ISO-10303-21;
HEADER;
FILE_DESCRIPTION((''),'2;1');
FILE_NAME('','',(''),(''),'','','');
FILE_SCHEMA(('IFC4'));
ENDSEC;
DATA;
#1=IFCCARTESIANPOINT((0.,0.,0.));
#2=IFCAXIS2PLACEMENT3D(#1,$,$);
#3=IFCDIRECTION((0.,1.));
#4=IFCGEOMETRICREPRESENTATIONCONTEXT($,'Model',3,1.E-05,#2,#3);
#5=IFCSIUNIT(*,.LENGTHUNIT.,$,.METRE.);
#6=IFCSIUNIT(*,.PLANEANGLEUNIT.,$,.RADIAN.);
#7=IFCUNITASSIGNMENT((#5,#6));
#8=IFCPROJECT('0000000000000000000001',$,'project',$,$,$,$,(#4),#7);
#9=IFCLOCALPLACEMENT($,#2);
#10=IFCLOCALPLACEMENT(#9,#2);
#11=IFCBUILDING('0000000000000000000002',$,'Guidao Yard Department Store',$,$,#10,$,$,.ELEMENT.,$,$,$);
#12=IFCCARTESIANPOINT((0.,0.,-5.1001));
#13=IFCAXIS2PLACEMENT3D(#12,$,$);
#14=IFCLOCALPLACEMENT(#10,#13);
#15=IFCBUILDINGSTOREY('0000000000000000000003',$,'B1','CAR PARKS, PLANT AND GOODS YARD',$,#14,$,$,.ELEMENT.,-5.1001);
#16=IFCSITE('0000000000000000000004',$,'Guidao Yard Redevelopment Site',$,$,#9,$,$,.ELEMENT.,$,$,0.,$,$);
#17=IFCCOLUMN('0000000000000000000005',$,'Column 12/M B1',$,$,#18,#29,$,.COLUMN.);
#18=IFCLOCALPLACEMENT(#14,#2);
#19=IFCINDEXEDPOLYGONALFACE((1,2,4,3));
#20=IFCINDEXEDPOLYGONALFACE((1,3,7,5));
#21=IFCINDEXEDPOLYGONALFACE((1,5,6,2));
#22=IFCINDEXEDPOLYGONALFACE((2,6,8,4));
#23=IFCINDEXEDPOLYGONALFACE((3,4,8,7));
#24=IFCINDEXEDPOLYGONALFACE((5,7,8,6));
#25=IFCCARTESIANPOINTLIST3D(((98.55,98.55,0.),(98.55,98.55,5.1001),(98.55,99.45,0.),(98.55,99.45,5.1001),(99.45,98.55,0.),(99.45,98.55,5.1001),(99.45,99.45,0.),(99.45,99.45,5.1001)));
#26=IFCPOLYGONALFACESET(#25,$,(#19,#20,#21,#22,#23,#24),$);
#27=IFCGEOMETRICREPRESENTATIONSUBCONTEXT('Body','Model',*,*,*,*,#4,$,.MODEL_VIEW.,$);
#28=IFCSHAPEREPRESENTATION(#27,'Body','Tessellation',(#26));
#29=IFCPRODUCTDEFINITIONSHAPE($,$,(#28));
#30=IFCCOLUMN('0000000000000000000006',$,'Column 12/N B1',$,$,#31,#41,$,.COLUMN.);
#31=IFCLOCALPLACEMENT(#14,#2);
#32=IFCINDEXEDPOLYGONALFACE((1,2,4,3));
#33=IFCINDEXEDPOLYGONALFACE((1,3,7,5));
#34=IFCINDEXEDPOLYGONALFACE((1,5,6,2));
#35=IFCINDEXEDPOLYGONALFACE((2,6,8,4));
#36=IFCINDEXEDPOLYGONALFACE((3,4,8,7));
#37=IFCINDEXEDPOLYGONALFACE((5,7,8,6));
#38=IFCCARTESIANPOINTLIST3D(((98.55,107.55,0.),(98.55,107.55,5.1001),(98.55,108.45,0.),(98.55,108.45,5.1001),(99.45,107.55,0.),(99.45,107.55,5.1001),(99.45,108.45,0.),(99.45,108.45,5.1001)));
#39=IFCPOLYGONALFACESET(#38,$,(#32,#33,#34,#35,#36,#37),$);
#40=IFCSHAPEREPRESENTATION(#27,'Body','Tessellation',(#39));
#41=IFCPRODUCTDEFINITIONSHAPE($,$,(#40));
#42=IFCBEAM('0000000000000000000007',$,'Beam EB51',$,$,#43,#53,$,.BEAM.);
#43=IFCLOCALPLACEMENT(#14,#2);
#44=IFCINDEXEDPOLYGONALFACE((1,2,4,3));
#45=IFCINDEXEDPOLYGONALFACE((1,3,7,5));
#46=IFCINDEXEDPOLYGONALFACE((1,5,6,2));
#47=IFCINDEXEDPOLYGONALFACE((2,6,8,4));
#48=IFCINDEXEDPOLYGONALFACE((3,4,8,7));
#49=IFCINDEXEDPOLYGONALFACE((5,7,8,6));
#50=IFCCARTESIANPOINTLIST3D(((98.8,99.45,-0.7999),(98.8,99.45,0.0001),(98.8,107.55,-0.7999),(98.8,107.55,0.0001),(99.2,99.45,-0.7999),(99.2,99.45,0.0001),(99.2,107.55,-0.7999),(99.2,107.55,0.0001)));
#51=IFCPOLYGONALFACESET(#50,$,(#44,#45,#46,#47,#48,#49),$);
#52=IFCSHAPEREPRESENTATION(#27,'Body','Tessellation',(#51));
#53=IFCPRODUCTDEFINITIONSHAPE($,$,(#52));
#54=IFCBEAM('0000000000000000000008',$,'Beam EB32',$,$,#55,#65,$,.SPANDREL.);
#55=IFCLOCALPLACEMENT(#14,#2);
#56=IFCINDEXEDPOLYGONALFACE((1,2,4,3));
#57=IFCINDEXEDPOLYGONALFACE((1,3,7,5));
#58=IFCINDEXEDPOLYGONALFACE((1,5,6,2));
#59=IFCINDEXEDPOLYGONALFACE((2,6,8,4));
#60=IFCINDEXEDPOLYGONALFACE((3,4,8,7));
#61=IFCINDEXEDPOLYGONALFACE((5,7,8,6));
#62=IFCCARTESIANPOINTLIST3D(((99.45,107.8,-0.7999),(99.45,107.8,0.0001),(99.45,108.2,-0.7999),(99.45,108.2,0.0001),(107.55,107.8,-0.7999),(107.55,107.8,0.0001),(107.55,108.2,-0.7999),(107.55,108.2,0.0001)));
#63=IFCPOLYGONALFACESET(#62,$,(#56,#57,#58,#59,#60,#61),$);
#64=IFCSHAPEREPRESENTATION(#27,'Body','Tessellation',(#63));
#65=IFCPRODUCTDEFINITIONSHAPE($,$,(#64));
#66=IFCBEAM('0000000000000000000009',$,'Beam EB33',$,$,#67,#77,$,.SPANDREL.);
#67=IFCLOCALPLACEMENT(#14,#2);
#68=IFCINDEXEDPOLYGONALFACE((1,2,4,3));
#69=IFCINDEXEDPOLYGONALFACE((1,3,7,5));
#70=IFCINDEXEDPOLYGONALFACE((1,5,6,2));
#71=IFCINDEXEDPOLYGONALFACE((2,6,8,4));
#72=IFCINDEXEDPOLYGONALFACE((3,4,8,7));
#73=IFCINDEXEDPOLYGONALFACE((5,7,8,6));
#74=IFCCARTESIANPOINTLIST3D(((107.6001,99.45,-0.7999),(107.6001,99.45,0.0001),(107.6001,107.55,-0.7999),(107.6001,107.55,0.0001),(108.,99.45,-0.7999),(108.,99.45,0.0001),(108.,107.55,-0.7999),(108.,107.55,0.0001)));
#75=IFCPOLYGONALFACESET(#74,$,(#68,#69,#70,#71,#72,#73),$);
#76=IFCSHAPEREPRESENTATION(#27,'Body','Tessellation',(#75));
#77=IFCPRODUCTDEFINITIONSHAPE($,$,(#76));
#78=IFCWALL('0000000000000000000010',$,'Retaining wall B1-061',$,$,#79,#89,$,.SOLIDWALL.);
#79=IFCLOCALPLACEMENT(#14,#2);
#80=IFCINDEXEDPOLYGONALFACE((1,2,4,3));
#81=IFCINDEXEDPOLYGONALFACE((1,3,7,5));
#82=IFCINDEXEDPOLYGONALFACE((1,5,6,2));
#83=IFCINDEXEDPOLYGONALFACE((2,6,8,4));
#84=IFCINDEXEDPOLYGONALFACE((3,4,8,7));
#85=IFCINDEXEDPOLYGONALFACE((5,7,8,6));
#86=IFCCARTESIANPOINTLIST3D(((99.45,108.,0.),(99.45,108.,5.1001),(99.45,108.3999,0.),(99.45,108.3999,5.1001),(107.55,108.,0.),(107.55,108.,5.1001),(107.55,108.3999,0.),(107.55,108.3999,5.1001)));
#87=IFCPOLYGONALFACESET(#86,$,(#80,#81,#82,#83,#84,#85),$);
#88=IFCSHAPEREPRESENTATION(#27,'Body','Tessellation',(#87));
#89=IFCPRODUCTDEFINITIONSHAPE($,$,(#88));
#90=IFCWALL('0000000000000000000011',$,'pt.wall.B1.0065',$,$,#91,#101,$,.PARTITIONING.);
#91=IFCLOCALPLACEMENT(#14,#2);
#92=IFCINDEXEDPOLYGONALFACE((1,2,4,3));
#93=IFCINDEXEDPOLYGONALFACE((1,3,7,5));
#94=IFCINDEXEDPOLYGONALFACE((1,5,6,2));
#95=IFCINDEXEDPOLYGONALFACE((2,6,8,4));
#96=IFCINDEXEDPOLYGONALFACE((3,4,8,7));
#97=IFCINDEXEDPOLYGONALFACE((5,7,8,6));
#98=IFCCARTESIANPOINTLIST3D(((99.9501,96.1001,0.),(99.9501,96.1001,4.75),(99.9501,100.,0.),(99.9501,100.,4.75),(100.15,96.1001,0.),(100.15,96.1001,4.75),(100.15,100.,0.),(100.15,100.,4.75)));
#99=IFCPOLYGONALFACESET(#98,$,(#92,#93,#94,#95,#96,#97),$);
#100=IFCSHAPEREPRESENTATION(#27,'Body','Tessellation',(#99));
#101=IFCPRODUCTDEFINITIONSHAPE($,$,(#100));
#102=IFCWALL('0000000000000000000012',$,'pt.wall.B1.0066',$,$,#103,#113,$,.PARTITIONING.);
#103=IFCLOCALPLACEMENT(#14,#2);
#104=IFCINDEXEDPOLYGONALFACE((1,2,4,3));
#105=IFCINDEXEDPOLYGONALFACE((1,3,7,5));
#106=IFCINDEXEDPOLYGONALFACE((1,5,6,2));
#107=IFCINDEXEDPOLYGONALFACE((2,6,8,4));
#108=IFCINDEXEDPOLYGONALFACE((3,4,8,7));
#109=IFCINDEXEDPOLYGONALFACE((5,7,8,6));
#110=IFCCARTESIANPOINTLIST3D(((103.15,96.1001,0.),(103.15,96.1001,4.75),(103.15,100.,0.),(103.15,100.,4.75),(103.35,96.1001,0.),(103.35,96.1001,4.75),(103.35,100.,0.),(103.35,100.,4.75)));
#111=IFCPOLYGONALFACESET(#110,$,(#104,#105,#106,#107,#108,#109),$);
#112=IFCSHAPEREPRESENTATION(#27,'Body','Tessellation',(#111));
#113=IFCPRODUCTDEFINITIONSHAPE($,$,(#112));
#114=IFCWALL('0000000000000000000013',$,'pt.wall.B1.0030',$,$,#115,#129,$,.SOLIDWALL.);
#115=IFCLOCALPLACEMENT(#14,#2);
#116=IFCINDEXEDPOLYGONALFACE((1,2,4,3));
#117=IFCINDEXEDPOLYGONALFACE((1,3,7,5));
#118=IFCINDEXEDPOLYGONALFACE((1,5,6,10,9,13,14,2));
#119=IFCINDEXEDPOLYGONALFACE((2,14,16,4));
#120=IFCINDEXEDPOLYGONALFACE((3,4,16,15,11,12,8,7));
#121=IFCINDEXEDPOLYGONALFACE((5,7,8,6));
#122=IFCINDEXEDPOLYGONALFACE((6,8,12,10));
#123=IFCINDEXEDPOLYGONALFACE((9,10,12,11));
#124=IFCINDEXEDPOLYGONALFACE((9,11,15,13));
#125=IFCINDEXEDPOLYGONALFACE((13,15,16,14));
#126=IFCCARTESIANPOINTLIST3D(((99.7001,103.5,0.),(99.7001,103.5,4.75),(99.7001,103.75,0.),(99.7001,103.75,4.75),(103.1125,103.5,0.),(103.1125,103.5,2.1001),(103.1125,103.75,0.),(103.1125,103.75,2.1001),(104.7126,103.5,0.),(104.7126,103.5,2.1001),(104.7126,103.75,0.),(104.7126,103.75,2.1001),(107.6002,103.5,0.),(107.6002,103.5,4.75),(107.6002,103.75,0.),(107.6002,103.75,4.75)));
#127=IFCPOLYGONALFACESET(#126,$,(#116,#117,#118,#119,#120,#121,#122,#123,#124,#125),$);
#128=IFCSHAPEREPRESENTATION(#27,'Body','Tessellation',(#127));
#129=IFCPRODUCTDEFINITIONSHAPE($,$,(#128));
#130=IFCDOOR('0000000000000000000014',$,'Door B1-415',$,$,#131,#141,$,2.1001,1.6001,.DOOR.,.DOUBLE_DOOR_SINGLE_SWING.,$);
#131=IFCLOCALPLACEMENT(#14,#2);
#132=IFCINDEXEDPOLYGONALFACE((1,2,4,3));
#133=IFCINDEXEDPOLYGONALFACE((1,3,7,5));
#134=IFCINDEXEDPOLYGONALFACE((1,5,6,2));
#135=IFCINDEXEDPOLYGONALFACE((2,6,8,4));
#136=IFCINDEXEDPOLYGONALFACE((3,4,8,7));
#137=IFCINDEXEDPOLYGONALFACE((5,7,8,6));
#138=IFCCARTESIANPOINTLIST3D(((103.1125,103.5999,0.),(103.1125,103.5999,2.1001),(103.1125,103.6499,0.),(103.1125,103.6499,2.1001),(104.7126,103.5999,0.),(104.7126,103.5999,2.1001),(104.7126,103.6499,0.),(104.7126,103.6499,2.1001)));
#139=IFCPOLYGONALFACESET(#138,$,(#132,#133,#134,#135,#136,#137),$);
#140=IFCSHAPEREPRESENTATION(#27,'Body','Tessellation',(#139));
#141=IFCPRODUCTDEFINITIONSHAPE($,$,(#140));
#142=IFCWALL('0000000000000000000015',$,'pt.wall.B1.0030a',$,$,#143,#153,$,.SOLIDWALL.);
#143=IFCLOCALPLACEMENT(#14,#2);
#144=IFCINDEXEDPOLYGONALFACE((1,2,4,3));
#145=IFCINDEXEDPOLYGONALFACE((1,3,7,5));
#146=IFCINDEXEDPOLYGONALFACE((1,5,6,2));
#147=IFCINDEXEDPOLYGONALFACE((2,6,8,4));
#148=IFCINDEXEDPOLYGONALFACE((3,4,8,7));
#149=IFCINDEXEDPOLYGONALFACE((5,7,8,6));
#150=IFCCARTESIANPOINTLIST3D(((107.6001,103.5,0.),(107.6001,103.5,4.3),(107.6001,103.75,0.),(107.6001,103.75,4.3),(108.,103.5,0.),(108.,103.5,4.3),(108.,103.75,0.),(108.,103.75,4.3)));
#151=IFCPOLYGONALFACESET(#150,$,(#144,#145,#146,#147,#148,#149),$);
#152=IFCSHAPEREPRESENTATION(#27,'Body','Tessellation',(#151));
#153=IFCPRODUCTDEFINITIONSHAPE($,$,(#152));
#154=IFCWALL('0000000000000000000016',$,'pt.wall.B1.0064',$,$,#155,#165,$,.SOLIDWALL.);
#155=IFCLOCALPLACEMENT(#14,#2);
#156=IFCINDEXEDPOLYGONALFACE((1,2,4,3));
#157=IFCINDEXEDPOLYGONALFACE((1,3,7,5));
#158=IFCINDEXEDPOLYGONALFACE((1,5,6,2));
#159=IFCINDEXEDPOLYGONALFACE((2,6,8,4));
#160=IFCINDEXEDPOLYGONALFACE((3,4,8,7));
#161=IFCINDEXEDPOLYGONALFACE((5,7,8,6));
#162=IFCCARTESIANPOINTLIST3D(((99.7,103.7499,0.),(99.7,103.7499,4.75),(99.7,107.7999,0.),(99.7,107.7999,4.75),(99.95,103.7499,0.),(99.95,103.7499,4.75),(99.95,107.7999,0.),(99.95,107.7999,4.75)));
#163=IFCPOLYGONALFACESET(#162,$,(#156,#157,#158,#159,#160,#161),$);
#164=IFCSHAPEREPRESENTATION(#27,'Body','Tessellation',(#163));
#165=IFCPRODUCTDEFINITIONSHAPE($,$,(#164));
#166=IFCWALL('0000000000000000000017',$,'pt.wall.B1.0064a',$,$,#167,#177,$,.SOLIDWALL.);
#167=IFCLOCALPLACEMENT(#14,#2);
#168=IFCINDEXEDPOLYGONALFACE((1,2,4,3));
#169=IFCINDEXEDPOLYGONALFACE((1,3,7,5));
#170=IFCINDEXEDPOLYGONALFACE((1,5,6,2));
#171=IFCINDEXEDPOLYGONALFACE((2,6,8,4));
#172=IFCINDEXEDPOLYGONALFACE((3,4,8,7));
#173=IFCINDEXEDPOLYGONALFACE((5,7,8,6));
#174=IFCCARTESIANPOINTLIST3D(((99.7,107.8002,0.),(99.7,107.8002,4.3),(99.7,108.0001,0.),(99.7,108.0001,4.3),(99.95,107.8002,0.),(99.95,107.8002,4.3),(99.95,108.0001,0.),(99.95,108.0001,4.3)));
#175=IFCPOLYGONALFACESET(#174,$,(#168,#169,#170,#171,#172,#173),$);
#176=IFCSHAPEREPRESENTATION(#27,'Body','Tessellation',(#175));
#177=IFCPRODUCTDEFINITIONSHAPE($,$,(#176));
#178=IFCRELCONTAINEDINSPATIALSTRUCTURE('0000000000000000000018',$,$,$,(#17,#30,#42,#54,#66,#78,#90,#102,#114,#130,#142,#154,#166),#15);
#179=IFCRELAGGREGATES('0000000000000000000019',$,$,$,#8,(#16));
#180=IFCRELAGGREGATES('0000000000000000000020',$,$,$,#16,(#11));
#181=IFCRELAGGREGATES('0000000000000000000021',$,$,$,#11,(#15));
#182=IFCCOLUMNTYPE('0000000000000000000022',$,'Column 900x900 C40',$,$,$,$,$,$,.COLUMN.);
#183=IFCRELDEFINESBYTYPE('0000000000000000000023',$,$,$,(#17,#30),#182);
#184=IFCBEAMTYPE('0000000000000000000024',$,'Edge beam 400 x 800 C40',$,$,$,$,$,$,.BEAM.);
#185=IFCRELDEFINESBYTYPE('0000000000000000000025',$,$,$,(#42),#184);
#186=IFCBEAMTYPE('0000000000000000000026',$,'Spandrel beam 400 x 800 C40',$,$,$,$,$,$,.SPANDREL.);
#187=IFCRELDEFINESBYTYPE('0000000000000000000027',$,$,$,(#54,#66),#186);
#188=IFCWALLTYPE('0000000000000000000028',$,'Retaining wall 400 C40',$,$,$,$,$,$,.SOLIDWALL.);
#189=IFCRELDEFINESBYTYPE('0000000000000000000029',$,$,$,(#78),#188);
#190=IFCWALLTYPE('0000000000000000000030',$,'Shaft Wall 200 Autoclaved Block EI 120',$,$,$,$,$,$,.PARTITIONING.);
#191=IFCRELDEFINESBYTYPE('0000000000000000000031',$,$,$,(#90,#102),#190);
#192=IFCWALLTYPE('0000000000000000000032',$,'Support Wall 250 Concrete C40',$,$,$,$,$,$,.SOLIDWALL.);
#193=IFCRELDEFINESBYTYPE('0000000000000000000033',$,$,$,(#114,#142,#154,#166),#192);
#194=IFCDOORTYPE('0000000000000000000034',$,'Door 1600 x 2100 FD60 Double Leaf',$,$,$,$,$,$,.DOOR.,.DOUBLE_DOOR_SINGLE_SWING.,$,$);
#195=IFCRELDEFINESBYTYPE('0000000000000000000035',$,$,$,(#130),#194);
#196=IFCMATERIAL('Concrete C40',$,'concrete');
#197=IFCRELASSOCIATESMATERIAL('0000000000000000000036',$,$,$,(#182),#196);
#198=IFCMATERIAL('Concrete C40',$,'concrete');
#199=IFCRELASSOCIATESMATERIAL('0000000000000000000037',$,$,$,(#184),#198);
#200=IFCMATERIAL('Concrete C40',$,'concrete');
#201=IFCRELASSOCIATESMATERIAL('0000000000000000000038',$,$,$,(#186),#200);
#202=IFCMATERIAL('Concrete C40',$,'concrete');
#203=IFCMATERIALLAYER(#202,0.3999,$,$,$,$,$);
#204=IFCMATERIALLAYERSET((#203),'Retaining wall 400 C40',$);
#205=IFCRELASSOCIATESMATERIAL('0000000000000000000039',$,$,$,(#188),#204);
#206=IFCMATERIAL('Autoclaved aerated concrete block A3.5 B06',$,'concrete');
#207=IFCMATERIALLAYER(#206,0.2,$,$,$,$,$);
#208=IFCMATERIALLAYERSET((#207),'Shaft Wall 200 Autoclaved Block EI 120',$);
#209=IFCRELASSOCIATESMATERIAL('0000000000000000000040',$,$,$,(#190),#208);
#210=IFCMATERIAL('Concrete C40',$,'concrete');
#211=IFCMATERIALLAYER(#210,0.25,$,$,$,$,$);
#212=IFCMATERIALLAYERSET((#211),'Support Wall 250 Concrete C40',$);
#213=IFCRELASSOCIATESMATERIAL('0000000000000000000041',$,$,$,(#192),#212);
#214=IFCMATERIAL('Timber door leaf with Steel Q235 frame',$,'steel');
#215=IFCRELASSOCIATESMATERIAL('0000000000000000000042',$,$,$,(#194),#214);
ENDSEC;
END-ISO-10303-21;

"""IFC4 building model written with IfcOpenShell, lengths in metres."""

from ifc_helpers import new_model, si_unit, direction, frame, frame_2d, origin, origin_2d, place, context, subcontext, project, spatial, rectangle, extrude, material, layer, layer_set, material_profile, profile_set, type_object, element, fill, save


model = new_model("IFC4")

# Units and contexts
model_context = context("Model", 3, precision=1e-05, world=origin(), true_north=direction((0.0, 1.0)))
body_context = subcontext(model_context, "Body", "Model", "MODEL_VIEW")
ifc_project = project(units=[si_unit("LENGTHUNIT", "METRE"), si_unit("PLANEANGLEUNIT", "RADIAN")], contexts=[model_context])

# Site, building, storey
site_placement = place(None, origin())
site = spatial("IfcSite", under=ifc_project, at=site_placement, Name="Guidao Yard Redevelopment Site", CompositionType="ELEMENT", RefElevation=0.0)
building_placement = place(site_placement, origin())
building = spatial("IfcBuilding", under=site, at=building_placement, Name="Guidao Yard Department Store", CompositionType="ELEMENT")
storey_placement = place(building_placement, frame((0.0, 0.0, -5.1001)))
storey = spatial("IfcBuildingStorey", under=building, at=storey_placement, Name="B1", Description="CAR PARKS, PLANT AND GOODS YARD", CompositionType="ELEMENT", Elevation=-5.1001)

# Columns
ifc_material_1 = material(Name="Concrete C40", Category="concrete")
ifc_material_profile_1 = material_profile(ifc_material_1, rectangle(XDim=0.8999, YDim=0.8999, at=origin_2d()), Name="COL 900x900")
ifc_profile_set_1 = profile_set([ifc_material_profile_1], Name="Concrete C40")
column_type = type_object("IfcColumnType", Name="Column 900x900 C40", PredefinedType="COLUMN", material=ifc_profile_set_1)
for number, where, z_axis, x_axis, name in (
    (1, (99.0, 99.0, 0.0), (0.0, 0.0, 1.0), (1.0, 0.0, 0.0), "Column 12/M B1"),
    (2, (99.0, 108.0, 0.0), (0.0, 0.0, 1.0), (1.0, 0.0, 0.0), "Column 12/N B1"),
):
    element("IfcColumn", number, at=place(storey_placement, frame(where, z_axis=z_axis, x_axis=x_axis)), inside=storey, type_object=column_type, Name=name, PredefinedType="COLUMN", context=body_context, shape_type="SweptSolid", body=[
        extrude(rectangle(XDim=0.8999, YDim=0.8999, at=origin_2d()), origin(), (0.0, 0.0, 1.0), 5.1001),
    ])

# Beams
ifc_material_2 = material(Name="Concrete C40", Category="concrete")
ifc_material_profile_2 = material_profile(ifc_material_2, rectangle(XDim=0.3999, YDim=0.8, at=origin_2d()), Name="Edge beam 400 x 800 C40")
ifc_profile_set_2 = profile_set([ifc_material_profile_2], Name="Concrete C40")
beam_type_1 = type_object("IfcBeamType", Name="Edge beam 400 x 800 C40", PredefinedType="BEAM", material=ifc_profile_set_2)
beam_placement = place(storey_placement, frame((99.0, 99.45, -0.3999), z_axis=(0.0, 1.0, 0.0), x_axis=(-1.0, 0.0, 0.0)))
element("IfcBeam", 3, at=beam_placement, inside=storey, type_object=beam_type_1, Name="Beam EB51", PredefinedType="BEAM", context=body_context, shape_type="SweptSolid", body=[
    extrude(rectangle(XDim=0.3999, YDim=0.8, at=origin_2d()), origin(), (0.0, 0.0, 1.0), 8.1001),
])
ifc_material_3 = material(Name="Concrete C40", Category="concrete")
ifc_material_profile_3 = material_profile(ifc_material_3, rectangle(XDim=0.3999, YDim=0.8, at=origin_2d()), Name="Spandrel beam 400 x 800 C40")
ifc_profile_set_3 = profile_set([ifc_material_profile_3], Name="Concrete C40")
beam_type_2 = type_object("IfcBeamType", Name="Spandrel beam 400 x 800 C40", PredefinedType="SPANDREL", material=ifc_profile_set_3)
for number, where, z_axis, x_axis, name in (
    (4, (99.45, 108.0, -0.3999), (1.0, 0.0, 0.0), (0.0, 1.0, 0.0), "Beam EB32"),
    (5, (107.8, 99.45, -0.3999), (0.0, 1.0, 0.0), (-1.0, 0.0, 0.0), "Beam EB33"),
):
    element("IfcBeam", number, at=place(storey_placement, frame(where, z_axis=z_axis, x_axis=x_axis)), inside=storey, type_object=beam_type_2, Name=name, PredefinedType="SPANDREL", context=body_context, shape_type="SweptSolid", body=[
        extrude(rectangle(XDim=0.3999, YDim=0.8, at=origin_2d()), origin(), (0.0, 0.0, 1.0), 8.1001),
    ])

# Wall
ifc_material_4 = material(Name="Concrete C40", Category="concrete")
ifc_layer_1 = layer(ifc_material_4, 0.3999)
ifc_layer_set_1 = layer_set([ifc_layer_1], Name="Retaining wall 400 C40")
wall_type_1 = type_object("IfcWallType", Name="Retaining wall 400 C40", PredefinedType="SOLIDWALL", material=ifc_layer_set_1)
wall_1_placement = place(storey_placement, frame((99.45, 108.2, 0.0), z_axis=(0.0, 0.0, 1.0), x_axis=(1.0, 0.0, 0.0)))
element("IfcWall", 6, at=wall_1_placement, inside=storey, type_object=wall_type_1, Name="Retaining wall B1-061", PredefinedType="SOLIDWALL", context=body_context, shape_type="SweptSolid", body=[
    extrude(rectangle(XDim=8.1001, YDim=0.3999, at=frame_2d((4.05, 0.0))), origin(), (0.0, 0.0, 1.0), 5.1001),
])

# Shared definitions
ifc_material_5 = material(Name="Autoclaved aerated concrete block A3.5 B06", Category="concrete")
ifc_layer_2 = layer(ifc_material_5, 0.2)
ifc_layer_set_2 = layer_set([ifc_layer_2], Name="Shaft Wall 200 Autoclaved Block EI 120")
wall_type_2 = type_object("IfcWallType", Name="Shaft Wall 200 Autoclaved Block EI 120", PredefinedType="PARTITIONING", material=ifc_layer_set_2)

# Walls
for number, where, z_axis, x_axis, name in (
    (7, (100.05, 96.1001, 0.0), (0.0, 0.0, 1.0), (0.0, 1.0, 0.0), "pt.wall.B1.0065"),
    (8, (103.25, 96.1001, 0.0), (0.0, 0.0, 1.0), (0.0, 1.0, 0.0), "pt.wall.B1.0066"),
):
    element("IfcWall", number, at=place(storey_placement, frame(where, z_axis=z_axis, x_axis=x_axis)), inside=storey, type_object=wall_type_2, Name=name, PredefinedType="PARTITIONING", context=body_context, shape_type="SweptSolid", body=[
        extrude(rectangle(XDim=3.8999, YDim=0.2, at=frame_2d((1.95, 0.0))), origin(), (0.0, 0.0, 1.0), 4.75),
    ])

# Wall, opening, door
ifc_material_6 = material(Name="Concrete C40", Category="concrete")
ifc_layer_3 = layer(ifc_material_6, 0.25)
ifc_layer_set_3 = layer_set([ifc_layer_3], Name="Support Wall 250 Concrete C40")
wall_type_3 = type_object("IfcWallType", Name="Support Wall 250 Concrete C40", PredefinedType="SOLIDWALL", material=ifc_layer_set_3)
wall_2_placement = place(storey_placement, frame((99.7, 103.625, 0.0), z_axis=(0.0, 0.0, 1.0), x_axis=(1.0, 0.0, 0.0)))
wall_2 = element("IfcWall", 9, at=wall_2_placement, inside=storey, type_object=wall_type_3, Name="pt.wall.B1.0030", PredefinedType="SOLIDWALL", context=body_context, shape_type="SweptSolid", body=[
    extrude(rectangle(XDim=7.9001, YDim=0.25, at=frame_2d((3.9502, 0.0))), origin(), (0.0, 0.0, 1.0), 4.75),
])
opening_1_placement = place(wall_2_placement, frame((3.4126, 0.0, 0.0)))
opening_1 = element("IfcOpeningElement", 10, at=opening_1_placement, cuts=wall_2, PredefinedType="OPENING", context=body_context, shape_type="SweptSolid", body=[
    extrude(rectangle(XDim=1.6001, YDim=2.1001, at=frame_2d((0.8, 1.05))), frame((0.0, 0.135, 0.0), z_axis=(0.0, -1.0, 0.0), x_axis=(1.0, 0.0, 0.0)), (0.0, 0.0, 1.0), 0.27),
])
ifc_material_7 = material(Name="Timber door leaf with Steel Q235 frame", Category="steel")
door_type_1 = type_object("IfcDoorType", Name="Door 1600 x 2100 FD60 Double Leaf", OperationType="DOUBLE_DOOR_SINGLE_SWING", PredefinedType="DOOR", material=ifc_material_7)
door_1_placement = place(opening_1_placement, origin())
door_1 = element("IfcDoor", 11, at=door_1_placement, inside=storey, type_object=door_type_1, Name="Door B1-415", OperationType="DOUBLE_DOOR_SINGLE_SWING", OverallHeight=2.1001, OverallWidth=1.6001, PredefinedType="DOOR", context=body_context, shape_type="SweptSolid", body=[
    extrude(rectangle(XDim=1.6001, YDim=2.1001, at=frame_2d((0.8, 1.05))), frame((0.0, 0.0249, 0.0), z_axis=(0.0, -1.0, 0.0), x_axis=(1.0, 0.0, 0.0)), (0.0, 0.0, 1.0), 0.05),
])
fill(opening_1, door_1)

# Walls
wall_3_placement = place(storey_placement, frame((107.6001, 103.625, 0.0), z_axis=(0.0, 0.0, 1.0), x_axis=(1.0, 0.0, 0.0)))
element("IfcWall", 12, at=wall_3_placement, inside=storey, type_object=wall_type_3, Name="pt.wall.B1.0030a", PredefinedType="SOLIDWALL", context=body_context, shape_type="SweptSolid", body=[
    extrude(rectangle(XDim=0.3999, YDim=0.25, at=frame_2d((0.2, 0.0))), origin(), (0.0, 0.0, 1.0), 4.3),
])
wall_4_placement = place(storey_placement, frame((99.825, 103.75, 0.0), z_axis=(0.0, 0.0, 1.0), x_axis=(0.0, 1.0, 0.0)))
element("IfcWall", 13, at=wall_4_placement, inside=storey, type_object=wall_type_3, Name="pt.wall.B1.0064", PredefinedType="SOLIDWALL", context=body_context, shape_type="SweptSolid", body=[
    extrude(rectangle(XDim=4.05, YDim=0.25, at=frame_2d((2.0249, 0.0))), origin(), (0.0, 0.0, 1.0), 4.75),
])
wall_5_placement = place(storey_placement, frame((99.825, 107.8, 0.0), z_axis=(0.0, 0.0, 1.0), x_axis=(0.0, 1.0, 0.0)))
element("IfcWall", 14, at=wall_5_placement, inside=storey, type_object=wall_type_3, Name="pt.wall.B1.0064a", PredefinedType="SOLIDWALL", context=body_context, shape_type="SweptSolid", body=[
    extrude(rectangle(XDim=0.2, YDim=0.25, at=frame_2d((0.1001, 0.0))), origin(), (0.0, 0.0, 1.0), 4.3),
])

save(model, "model.ifc")
